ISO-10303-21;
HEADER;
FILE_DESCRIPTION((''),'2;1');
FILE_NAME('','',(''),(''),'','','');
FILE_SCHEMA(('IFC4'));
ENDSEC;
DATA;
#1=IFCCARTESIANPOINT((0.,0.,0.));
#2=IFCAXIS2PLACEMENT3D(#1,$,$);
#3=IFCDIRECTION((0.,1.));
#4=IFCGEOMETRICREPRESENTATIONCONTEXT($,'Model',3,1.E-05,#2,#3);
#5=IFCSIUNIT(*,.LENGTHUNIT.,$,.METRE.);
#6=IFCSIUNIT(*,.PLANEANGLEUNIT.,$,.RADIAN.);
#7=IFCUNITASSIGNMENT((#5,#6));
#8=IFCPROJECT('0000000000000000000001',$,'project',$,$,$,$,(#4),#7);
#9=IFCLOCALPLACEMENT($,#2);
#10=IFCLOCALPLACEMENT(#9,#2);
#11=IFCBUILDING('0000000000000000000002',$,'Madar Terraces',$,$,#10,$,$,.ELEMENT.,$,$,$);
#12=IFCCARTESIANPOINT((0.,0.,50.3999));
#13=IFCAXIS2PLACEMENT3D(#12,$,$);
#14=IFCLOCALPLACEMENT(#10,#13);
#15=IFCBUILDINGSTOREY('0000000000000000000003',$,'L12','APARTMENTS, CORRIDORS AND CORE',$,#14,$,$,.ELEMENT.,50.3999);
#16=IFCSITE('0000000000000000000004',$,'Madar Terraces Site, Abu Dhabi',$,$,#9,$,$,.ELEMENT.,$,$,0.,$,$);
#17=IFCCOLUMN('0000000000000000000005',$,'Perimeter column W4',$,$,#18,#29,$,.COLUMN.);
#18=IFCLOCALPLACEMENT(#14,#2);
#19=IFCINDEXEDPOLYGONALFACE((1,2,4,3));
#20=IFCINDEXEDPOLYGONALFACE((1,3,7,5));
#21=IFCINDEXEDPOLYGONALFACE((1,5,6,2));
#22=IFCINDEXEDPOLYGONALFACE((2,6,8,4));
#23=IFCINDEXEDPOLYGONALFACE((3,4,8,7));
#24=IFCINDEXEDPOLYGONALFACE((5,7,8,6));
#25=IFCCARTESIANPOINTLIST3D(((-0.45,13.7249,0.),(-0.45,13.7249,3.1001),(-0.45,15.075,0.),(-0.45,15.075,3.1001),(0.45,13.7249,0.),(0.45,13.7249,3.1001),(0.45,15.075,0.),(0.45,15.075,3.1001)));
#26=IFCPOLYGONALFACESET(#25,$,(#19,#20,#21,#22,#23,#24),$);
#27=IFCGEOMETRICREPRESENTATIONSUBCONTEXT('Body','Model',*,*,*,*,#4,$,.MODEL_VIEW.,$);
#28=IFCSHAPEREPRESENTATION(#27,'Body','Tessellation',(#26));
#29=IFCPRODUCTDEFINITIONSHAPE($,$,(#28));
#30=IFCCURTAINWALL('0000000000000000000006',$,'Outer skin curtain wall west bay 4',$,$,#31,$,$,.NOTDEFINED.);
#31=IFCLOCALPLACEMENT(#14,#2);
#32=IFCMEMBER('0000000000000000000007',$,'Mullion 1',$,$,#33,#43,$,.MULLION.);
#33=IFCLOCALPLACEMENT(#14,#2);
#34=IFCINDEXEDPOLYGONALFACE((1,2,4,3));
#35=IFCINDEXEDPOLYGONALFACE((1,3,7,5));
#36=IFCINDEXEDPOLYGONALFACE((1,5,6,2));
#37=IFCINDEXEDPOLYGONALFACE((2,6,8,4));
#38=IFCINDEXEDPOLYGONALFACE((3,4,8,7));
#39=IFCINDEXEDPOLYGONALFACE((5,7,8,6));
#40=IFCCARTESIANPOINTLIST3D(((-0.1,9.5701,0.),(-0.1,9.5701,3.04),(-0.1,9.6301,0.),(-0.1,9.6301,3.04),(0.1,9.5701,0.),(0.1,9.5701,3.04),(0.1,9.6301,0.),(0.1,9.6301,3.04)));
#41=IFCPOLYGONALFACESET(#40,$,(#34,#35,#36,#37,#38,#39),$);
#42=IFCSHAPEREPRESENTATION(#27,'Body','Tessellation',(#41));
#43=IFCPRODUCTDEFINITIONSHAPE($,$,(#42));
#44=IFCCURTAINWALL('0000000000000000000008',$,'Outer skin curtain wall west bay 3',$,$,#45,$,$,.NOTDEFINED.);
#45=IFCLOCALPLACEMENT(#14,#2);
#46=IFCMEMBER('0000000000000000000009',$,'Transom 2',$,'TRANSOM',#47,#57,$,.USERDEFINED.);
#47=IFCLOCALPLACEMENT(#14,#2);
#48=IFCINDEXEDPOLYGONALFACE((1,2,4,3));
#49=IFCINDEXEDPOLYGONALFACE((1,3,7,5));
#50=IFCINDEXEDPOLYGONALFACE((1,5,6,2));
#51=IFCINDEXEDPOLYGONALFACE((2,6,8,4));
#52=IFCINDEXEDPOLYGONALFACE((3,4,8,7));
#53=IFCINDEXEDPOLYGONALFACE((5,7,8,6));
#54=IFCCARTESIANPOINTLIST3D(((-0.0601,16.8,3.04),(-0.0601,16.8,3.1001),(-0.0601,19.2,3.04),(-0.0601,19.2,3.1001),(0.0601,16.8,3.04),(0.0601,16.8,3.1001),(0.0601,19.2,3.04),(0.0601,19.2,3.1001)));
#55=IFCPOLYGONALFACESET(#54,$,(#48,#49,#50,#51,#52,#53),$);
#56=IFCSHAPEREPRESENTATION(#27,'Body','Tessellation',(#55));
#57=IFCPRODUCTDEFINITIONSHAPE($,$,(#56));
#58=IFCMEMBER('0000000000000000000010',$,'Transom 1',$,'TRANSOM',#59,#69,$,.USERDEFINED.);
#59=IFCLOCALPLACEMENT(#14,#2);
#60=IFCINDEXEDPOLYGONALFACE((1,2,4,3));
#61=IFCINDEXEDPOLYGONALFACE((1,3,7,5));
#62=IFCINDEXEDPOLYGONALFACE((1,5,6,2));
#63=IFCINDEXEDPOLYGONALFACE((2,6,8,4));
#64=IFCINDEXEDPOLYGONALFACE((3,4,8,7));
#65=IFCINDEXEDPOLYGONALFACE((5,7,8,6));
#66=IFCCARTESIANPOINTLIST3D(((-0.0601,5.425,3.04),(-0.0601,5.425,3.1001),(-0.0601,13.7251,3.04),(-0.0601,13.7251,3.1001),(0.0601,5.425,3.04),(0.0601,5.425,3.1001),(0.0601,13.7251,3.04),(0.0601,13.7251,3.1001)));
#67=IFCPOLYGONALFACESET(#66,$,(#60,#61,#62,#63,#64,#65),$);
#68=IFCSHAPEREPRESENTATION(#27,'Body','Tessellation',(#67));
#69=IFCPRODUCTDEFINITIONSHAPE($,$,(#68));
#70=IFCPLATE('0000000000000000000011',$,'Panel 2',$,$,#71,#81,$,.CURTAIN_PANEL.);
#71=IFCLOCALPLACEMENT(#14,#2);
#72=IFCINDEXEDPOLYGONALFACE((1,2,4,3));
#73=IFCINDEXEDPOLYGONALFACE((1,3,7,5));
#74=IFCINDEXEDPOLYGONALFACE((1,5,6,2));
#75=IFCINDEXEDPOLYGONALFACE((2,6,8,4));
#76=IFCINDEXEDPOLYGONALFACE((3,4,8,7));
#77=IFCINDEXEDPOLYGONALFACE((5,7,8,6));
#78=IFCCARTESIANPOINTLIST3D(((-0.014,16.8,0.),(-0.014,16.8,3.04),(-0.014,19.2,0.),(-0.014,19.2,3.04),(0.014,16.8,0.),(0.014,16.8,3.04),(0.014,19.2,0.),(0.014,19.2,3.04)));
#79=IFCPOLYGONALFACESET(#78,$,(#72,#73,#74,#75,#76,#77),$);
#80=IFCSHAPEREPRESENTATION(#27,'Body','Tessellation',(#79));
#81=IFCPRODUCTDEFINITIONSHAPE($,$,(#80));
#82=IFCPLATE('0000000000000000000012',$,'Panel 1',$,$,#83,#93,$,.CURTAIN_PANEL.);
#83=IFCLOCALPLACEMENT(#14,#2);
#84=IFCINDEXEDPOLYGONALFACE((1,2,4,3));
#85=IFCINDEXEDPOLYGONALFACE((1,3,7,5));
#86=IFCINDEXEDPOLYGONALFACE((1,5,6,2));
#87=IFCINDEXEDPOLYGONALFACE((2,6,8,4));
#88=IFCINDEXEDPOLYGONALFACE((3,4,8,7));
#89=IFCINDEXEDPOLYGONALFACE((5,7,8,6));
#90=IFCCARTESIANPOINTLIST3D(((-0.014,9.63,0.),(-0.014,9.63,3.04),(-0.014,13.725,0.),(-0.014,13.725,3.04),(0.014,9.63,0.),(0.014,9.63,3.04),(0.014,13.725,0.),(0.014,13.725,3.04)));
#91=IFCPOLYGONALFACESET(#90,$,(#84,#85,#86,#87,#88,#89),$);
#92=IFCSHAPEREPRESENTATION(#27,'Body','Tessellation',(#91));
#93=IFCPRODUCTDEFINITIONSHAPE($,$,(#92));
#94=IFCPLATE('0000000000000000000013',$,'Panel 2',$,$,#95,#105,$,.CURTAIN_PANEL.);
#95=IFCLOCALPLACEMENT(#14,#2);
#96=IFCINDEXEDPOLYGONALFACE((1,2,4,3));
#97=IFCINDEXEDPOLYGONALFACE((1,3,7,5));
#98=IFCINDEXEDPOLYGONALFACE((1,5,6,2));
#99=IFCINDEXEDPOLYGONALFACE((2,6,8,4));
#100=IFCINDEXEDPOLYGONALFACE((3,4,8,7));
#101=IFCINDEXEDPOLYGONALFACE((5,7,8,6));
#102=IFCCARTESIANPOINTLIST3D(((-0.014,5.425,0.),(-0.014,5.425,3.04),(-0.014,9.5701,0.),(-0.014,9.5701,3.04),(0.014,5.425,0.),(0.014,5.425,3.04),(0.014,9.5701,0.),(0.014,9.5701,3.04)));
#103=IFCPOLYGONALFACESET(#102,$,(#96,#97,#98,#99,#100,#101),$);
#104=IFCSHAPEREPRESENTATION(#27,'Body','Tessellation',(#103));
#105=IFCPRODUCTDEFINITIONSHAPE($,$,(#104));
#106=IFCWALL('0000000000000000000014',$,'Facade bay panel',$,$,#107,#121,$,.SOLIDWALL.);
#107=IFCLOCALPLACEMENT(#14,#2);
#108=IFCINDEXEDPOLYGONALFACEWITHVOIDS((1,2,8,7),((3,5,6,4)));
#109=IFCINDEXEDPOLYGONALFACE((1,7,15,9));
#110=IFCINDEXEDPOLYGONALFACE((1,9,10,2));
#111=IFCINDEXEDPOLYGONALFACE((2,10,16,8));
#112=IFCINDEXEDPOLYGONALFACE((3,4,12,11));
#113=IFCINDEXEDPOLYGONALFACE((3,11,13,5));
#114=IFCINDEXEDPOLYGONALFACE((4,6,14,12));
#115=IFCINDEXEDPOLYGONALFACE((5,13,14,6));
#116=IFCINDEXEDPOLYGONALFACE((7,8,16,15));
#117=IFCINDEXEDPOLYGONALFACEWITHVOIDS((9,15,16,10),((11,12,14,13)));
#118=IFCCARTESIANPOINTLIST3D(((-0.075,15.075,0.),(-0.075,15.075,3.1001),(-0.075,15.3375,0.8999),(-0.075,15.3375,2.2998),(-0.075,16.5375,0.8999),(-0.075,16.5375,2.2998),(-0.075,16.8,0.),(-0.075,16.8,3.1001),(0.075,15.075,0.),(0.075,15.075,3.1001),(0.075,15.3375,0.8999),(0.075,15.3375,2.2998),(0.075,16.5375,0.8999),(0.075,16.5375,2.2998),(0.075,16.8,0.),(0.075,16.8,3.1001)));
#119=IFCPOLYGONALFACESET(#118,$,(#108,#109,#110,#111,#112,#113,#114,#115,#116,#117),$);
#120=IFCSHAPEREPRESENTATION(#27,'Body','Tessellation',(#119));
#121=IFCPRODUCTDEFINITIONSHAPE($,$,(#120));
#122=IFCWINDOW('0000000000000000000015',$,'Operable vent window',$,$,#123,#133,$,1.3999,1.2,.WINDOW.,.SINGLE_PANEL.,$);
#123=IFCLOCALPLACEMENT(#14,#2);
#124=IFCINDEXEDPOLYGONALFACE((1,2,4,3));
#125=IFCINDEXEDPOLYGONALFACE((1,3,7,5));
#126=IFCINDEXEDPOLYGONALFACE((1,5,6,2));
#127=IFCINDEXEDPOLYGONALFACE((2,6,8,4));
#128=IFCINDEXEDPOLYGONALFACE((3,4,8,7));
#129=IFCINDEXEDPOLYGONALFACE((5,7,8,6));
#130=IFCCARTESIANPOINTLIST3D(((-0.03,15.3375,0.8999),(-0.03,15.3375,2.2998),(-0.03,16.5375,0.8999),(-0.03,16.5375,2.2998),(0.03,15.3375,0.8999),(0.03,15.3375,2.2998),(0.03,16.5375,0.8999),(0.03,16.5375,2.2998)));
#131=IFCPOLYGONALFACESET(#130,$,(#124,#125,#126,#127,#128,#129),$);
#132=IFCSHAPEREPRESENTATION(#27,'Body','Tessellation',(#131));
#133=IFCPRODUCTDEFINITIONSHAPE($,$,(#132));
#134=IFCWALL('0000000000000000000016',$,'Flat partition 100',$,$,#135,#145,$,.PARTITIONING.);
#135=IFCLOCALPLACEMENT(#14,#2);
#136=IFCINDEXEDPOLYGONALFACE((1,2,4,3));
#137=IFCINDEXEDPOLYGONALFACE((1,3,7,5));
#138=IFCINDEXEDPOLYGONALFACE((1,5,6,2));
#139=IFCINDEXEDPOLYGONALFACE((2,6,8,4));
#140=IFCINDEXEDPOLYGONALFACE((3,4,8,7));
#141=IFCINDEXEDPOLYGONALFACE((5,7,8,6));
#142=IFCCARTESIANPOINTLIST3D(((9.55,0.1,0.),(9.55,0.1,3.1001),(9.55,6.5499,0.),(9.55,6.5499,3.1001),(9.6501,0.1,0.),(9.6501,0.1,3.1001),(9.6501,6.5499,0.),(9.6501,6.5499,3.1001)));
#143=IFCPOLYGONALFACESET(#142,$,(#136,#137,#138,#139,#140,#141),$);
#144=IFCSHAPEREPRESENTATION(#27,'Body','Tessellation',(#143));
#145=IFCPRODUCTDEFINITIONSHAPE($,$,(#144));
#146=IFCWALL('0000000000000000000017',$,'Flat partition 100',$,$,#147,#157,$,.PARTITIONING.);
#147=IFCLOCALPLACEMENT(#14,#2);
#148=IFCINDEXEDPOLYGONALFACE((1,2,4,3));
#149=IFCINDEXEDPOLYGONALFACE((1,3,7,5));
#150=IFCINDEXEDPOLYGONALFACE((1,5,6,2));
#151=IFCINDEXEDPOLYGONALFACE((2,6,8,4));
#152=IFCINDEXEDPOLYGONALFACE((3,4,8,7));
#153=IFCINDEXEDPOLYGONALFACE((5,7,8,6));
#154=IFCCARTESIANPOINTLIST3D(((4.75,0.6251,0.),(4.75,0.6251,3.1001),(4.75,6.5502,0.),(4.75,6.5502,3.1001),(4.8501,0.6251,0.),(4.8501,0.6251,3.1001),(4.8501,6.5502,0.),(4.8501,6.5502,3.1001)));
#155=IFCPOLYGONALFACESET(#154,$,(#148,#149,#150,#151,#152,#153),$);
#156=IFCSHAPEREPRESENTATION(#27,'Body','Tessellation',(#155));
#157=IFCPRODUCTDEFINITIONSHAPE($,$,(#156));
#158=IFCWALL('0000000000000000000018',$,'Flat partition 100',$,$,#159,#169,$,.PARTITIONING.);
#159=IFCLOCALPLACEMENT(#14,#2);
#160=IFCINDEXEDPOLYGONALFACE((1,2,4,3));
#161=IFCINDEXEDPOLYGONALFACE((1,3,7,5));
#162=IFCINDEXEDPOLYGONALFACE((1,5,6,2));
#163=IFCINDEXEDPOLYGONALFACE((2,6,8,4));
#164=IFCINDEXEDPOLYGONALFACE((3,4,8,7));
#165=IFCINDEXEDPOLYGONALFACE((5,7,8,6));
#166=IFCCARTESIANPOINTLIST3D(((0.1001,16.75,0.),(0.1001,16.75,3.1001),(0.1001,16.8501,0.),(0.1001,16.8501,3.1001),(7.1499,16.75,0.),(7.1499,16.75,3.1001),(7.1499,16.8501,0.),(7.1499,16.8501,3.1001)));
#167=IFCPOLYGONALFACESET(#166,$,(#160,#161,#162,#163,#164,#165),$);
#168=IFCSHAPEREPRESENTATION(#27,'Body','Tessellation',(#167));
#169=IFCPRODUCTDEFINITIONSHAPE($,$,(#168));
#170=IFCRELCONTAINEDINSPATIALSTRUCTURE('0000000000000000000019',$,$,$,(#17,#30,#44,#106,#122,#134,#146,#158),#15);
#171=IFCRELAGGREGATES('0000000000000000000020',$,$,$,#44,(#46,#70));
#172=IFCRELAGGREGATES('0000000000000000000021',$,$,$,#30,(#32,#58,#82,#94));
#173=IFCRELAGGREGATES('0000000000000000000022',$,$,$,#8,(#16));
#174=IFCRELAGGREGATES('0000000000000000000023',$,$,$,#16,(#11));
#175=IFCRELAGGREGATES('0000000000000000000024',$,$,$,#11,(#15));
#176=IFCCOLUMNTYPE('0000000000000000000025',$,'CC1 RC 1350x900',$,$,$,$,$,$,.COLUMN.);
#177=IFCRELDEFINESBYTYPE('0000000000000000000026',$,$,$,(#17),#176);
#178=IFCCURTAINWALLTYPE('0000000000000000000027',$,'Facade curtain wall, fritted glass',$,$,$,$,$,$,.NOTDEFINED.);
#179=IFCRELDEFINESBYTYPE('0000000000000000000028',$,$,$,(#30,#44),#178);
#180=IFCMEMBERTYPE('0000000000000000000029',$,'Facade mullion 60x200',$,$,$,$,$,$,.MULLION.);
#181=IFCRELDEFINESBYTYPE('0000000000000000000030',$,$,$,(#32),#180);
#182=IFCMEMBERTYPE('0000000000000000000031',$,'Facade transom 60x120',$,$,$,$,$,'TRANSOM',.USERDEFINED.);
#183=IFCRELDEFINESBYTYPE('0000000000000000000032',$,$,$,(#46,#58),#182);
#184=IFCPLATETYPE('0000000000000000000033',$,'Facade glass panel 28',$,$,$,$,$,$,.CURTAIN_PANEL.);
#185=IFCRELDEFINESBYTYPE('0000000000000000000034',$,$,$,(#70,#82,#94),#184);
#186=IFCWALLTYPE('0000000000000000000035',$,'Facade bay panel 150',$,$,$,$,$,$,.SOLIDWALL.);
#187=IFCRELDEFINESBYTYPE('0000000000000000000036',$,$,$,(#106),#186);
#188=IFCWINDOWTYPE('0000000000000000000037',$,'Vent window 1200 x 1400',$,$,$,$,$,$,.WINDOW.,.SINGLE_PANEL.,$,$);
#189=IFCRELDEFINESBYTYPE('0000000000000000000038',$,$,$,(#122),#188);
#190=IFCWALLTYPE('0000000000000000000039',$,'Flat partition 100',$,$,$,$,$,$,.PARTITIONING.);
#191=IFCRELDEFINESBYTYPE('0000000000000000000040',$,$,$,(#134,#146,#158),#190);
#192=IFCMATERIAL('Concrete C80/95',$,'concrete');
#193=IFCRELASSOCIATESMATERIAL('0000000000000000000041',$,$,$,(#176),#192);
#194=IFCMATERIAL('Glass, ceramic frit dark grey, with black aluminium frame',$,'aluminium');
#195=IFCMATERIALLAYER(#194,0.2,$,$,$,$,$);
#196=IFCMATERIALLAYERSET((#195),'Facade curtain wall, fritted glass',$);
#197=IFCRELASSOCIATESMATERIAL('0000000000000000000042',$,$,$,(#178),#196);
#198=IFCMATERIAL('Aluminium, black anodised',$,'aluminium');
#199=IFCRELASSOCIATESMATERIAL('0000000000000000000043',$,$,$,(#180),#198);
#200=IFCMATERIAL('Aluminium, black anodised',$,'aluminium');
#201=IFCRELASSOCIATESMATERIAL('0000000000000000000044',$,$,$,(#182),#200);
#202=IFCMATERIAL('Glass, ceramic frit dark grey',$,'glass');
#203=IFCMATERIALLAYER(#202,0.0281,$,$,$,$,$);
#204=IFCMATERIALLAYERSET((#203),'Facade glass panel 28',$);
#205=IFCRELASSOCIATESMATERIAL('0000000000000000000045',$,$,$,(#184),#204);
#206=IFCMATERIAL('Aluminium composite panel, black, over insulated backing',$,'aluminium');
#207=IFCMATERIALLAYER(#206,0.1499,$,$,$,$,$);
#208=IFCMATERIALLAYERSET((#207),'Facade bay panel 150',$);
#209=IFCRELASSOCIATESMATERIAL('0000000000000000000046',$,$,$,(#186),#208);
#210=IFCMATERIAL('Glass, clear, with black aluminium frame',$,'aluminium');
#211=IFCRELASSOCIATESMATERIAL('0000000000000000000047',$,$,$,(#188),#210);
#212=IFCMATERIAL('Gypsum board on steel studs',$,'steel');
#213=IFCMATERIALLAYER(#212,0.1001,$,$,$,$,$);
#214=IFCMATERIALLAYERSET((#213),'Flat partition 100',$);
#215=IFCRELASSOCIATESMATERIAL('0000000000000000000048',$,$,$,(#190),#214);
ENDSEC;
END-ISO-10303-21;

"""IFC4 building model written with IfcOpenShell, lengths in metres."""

from ifc_helpers import new_model, si_unit, direction, frame, frame_2d, origin, origin_2d, place, context, subcontext, project, spatial, rectangle, extrude, material, layer, layer_set, material_profile, profile_set, type_object, element, fill, aggregate, save


model = new_model("IFC4")

# Units and contexts
model_context = context("Model", 3, precision=1e-05, world=origin(), true_north=direction((0.0, 1.0)))
body_context = subcontext(model_context, "Body", "Model", "MODEL_VIEW")
ifc_project = project(units=[si_unit("LENGTHUNIT", "METRE"), si_unit("PLANEANGLEUNIT", "RADIAN")], contexts=[model_context])

# Site, building, storey
site_placement = place(None, origin())
site = spatial("IfcSite", under=ifc_project, at=site_placement, Name="Madar Terraces Site, Abu Dhabi", CompositionType="ELEMENT", RefElevation=0.0)
building_placement = place(site_placement, origin())
building = spatial("IfcBuilding", under=site, at=building_placement, Name="Madar Terraces", CompositionType="ELEMENT")
storey_placement = place(building_placement, frame((0.0, 0.0, 50.3999)))
storey = spatial("IfcBuildingStorey", under=building, at=storey_placement, Name="L12", Description="APARTMENTS, CORRIDORS AND CORE", CompositionType="ELEMENT", Elevation=50.3999)

# Column
ifc_material_1 = material(Name="Concrete C80/95", Category="concrete")
ifc_material_profile_1 = material_profile(ifc_material_1, rectangle(XDim=1.3501, YDim=0.8999, at=origin_2d()), Name="CC1 RC 1350x900")
ifc_profile_set_1 = profile_set([ifc_material_profile_1], Name="Concrete C80/95")
column_type = type_object("IfcColumnType", Name="CC1 RC 1350x900", PredefinedType="COLUMN", material=ifc_profile_set_1)
column_placement = place(storey_placement, frame((0.0, 14.3999, 0.0), z_axis=(0.0, 0.0, 1.0), x_axis=(0.0, 1.0, 0.0)))
element("IfcColumn", 1, at=column_placement, inside=storey, type_object=column_type, Name="Perimeter column W4", PredefinedType="COLUMN", context=body_context, shape_type="SweptSolid", body=[
    extrude(rectangle(XDim=1.3501, YDim=0.8999, at=origin_2d()), origin(), (0.0, 0.0, 1.0), 3.1001),
])

# Curtain walls, members
ifc_material_2 = material(Name="Glass, ceramic frit dark grey, with black aluminium frame", Category="aluminium")
ifc_layer_1 = layer(ifc_material_2, 0.2)
ifc_layer_set_1 = layer_set([ifc_layer_1], Name="Facade curtain wall, fritted glass")
curtain_wall_type = type_object("IfcCurtainWallType", Name="Facade curtain wall, fritted glass", PredefinedType="NOTDEFINED", material=ifc_layer_set_1)
curtain_wall_1_placement = place(storey_placement, origin())
curtain_wall_1 = element("IfcCurtainWall", 2, at=curtain_wall_1_placement, inside=storey, type_object=curtain_wall_type, Name="Outer skin curtain wall west bay 4", PredefinedType="NOTDEFINED")
ifc_material_3 = material(Name="Aluminium, black anodised", Category="aluminium")
ifc_material_profile_2 = material_profile(ifc_material_3, rectangle(XDim=0.2, YDim=0.0601, at=origin_2d()), Name="Facade mullion 60x200")
ifc_profile_set_2 = profile_set([ifc_material_profile_2], Name="Aluminium, black anodised")
member_type_1 = type_object("IfcMemberType", Name="Facade mullion 60x200", PredefinedType="MULLION", material=ifc_profile_set_2)
member_1_placement = place(storey_placement, frame((0.0, 9.6001, 0.0), z_axis=(0.0, 0.0, 1.0), x_axis=(1.0, 0.0, 0.0)))
member_1 = element("IfcMember", 3, at=member_1_placement, type_object=member_type_1, Name="Mullion 1", PredefinedType="MULLION", context=body_context, shape_type="SweptSolid", body=[
    extrude(rectangle(XDim=0.2, YDim=0.0601, at=origin_2d()), origin(), (0.0, 0.0, 1.0), 3.04),
])
curtain_wall_2_placement = place(storey_placement, origin())
curtain_wall_2 = element("IfcCurtainWall", 4, at=curtain_wall_2_placement, inside=storey, type_object=curtain_wall_type, Name="Outer skin curtain wall west bay 3", PredefinedType="NOTDEFINED")
ifc_material_4 = material(Name="Aluminium, black anodised", Category="aluminium")
ifc_material_profile_3 = material_profile(ifc_material_4, rectangle(XDim=0.1201, YDim=0.0601, at=origin_2d()), Name="Facade transom 60x120")
ifc_profile_set_3 = profile_set([ifc_material_profile_3], Name="Aluminium, black anodised")
member_type_2 = type_object("IfcMemberType", Name="Facade transom 60x120", ElementType="TRANSOM", PredefinedType="USERDEFINED", material=ifc_profile_set_3)
member_2_placement = place(storey_placement, frame((0.0, 19.2, 3.0701), z_axis=(0.0, -1.0, 0.0), x_axis=(1.0, 0.0, 0.0)))
member_2 = element("IfcMember", 5, at=member_2_placement, type_object=member_type_2, Name="Transom 2", ObjectType="TRANSOM", PredefinedType="USERDEFINED", context=body_context, shape_type="SweptSolid", body=[
    extrude(rectangle(XDim=0.1201, YDim=0.0601, at=origin_2d()), origin(), (0.0, 0.0, 1.0), 2.3999),
])

# Member
member_3_placement = place(storey_placement, frame((0.0, 13.7251, 3.0701), z_axis=(0.0, -1.0, 0.0), x_axis=(1.0, 0.0, 0.0)))
member_3 = element("IfcMember", 6, at=member_3_placement, type_object=member_type_2, Name="Transom 1", ObjectType="TRANSOM", PredefinedType="USERDEFINED", context=body_context, shape_type="SweptSolid", body=[
    extrude(rectangle(XDim=0.1201, YDim=0.0601, at=origin_2d()), origin(), (0.0, 0.0, 1.0), 8.3),
])

# Plates
ifc_material_5 = material(Name="Glass, ceramic frit dark grey", Category="glass")
ifc_layer_2 = layer(ifc_material_5, 0.0281)
ifc_layer_set_2 = layer_set([ifc_layer_2], Name="Facade glass panel 28")
plate_type = type_object("IfcPlateType", Name="Facade glass panel 28", PredefinedType="CURTAIN_PANEL", material=ifc_layer_set_2)
plate_1_placement = place(storey_placement, frame((0.0, 18.0, 0.0), z_axis=(0.0, 0.0, 1.0), x_axis=(0.0, -1.0, 0.0)))
plate_1 = element("IfcPlate", 7, at=plate_1_placement, type_object=plate_type, Name="Panel 2", PredefinedType="CURTAIN_PANEL", context=body_context, shape_type="SweptSolid", body=[
    extrude(rectangle(XDim=2.3999, YDim=0.0281, at=origin_2d()), origin(), (0.0, 0.0, 1.0), 3.04),
])
aggregate(curtain_wall_2, [member_2, plate_1])
plate_2_placement = place(storey_placement, frame((0.0, 11.6775, 0.0), z_axis=(0.0, 0.0, 1.0), x_axis=(0.0, -1.0, 0.0)))
plate_2 = element("IfcPlate", 8, at=plate_2_placement, type_object=plate_type, Name="Panel 1", PredefinedType="CURTAIN_PANEL", context=body_context, shape_type="SweptSolid", body=[
    extrude(rectangle(XDim=4.095, YDim=0.0281, at=origin_2d()), origin(), (0.0, 0.0, 1.0), 3.04),
])
plate_3_placement = place(storey_placement, frame((0.0, 7.4976, 0.0), z_axis=(0.0, 0.0, 1.0), x_axis=(0.0, -1.0, 0.0)))
plate_3 = element("IfcPlate", 9, at=plate_3_placement, type_object=plate_type, Name="Panel 2", PredefinedType="CURTAIN_PANEL", context=body_context, shape_type="SweptSolid", body=[
    extrude(rectangle(XDim=4.145, YDim=0.0281, at=origin_2d()), origin(), (0.0, 0.0, 1.0), 3.04),
])
aggregate(curtain_wall_1, [member_1, member_3, plate_2, plate_3])

# Shared definitions
ifc_material_6 = material(Name="Aluminium composite panel, black, over insulated backing", Category="aluminium")
ifc_layer_3 = layer(ifc_material_6, 0.1499)
ifc_layer_set_3 = layer_set([ifc_layer_3], Name="Facade bay panel 150")
wall_type_1 = type_object("IfcWallType", Name="Facade bay panel 150", PredefinedType="SOLIDWALL", material=ifc_layer_set_3)

# Wall, opening, window
wall_1_placement = place(storey_placement, frame((0.0, 16.8, 0.0), z_axis=(0.0, 0.0, 1.0), x_axis=(0.0, -1.0, 0.0)))
wall_1 = element("IfcWall", 10, at=wall_1_placement, inside=storey, type_object=wall_type_1, Name="Facade bay panel", PredefinedType="SOLIDWALL", context=body_context, shape_type="SweptSolid", body=[
    extrude(rectangle(XDim=1.7251, YDim=0.1499, at=frame_2d((0.8625, 0.0))), origin(), (0.0, 0.0, 1.0), 3.1001),
])
opening_1_placement = place(wall_1_placement, frame((0.2625, 0.0, 0.8999)))
opening_1 = element("IfcOpeningElement", 11, at=opening_1_placement, cuts=wall_1, PredefinedType="OPENING", context=body_context, shape_type="SweptSolid", body=[
    extrude(rectangle(XDim=1.2, YDim=1.3999, at=frame_2d((0.6001, 0.7))), frame((0.0, 0.085, 0.0), z_axis=(0.0, -1.0, 0.0), x_axis=(1.0, 0.0, 0.0)), (0.0, 0.0, 1.0), 0.1699),
])
ifc_material_7 = material(Name="Glass, clear, with black aluminium frame", Category="aluminium")
window_type = type_object("IfcWindowType", Name="Vent window 1200 x 1400", PartitioningType="SINGLE_PANEL", PredefinedType="WINDOW", material=ifc_material_7)
window_placement = place(opening_1_placement, origin())
window = element("IfcWindow", 12, at=window_placement, inside=storey, type_object=window_type, Name="Operable vent window", OverallHeight=1.3999, OverallWidth=1.2, PartitioningType="SINGLE_PANEL", PredefinedType="WINDOW", context=body_context, shape_type="SweptSolid", body=[
    extrude(rectangle(XDim=1.2, YDim=1.3999, at=frame_2d((0.6001, 0.7))), frame((0.0, 0.03, 0.0), z_axis=(0.0, -1.0, 0.0), x_axis=(1.0, 0.0, 0.0)), (0.0, 0.0, 1.0), 0.0601),
])
fill(opening_1, window)

# Walls
ifc_material_8 = material(Name="Gypsum board on steel studs", Category="steel")
ifc_layer_4 = layer(ifc_material_8, 0.1001)
ifc_layer_set_4 = layer_set([ifc_layer_4], Name="Flat partition 100")
wall_type_2 = type_object("IfcWallType", Name="Flat partition 100", PredefinedType="PARTITIONING", material=ifc_layer_set_4)
wall_2_placement = place(storey_placement, frame((9.6001, 6.55, 0.0), z_axis=(0.0, 0.0, 1.0), x_axis=(0.0, -1.0, 0.0)))
element("IfcWall", 13, at=wall_2_placement, inside=storey, type_object=wall_type_2, Name="Flat partition 100", PredefinedType="PARTITIONING", context=body_context, shape_type="SweptSolid", body=[
    extrude(rectangle(XDim=6.45, YDim=0.1001, at=frame_2d((3.2251, 0.0))), origin(), (0.0, 0.0, 1.0), 3.1001),
])
wall_3_placement = place(storey_placement, frame((4.8, 6.55, 0.0), z_axis=(0.0, 0.0, 1.0), x_axis=(0.0, -1.0, 0.0)))
element("IfcWall", 14, at=wall_3_placement, inside=storey, type_object=wall_type_2, Name="Flat partition 100", PredefinedType="PARTITIONING", context=body_context, shape_type="SweptSolid", body=[
    extrude(rectangle(XDim=5.925, YDim=0.1001, at=frame_2d((2.9624, 0.0))), origin(), (0.0, 0.0, 1.0), 3.1001),
])
wall_4_placement = place(storey_placement, frame((7.1499, 16.8, 0.0), z_axis=(0.0, 0.0, 1.0), x_axis=(-1.0, 0.0, 0.0)))
element("IfcWall", 15, at=wall_4_placement, inside=storey, type_object=wall_type_2, Name="Flat partition 100", PredefinedType="PARTITIONING", context=body_context, shape_type="SweptSolid", body=[
    extrude(rectangle(XDim=7.0498, YDim=0.1001, at=frame_2d((3.5249, 0.0))), origin(), (0.0, 0.0, 1.0), 3.1001),
])

save(model, "model.ifc")
